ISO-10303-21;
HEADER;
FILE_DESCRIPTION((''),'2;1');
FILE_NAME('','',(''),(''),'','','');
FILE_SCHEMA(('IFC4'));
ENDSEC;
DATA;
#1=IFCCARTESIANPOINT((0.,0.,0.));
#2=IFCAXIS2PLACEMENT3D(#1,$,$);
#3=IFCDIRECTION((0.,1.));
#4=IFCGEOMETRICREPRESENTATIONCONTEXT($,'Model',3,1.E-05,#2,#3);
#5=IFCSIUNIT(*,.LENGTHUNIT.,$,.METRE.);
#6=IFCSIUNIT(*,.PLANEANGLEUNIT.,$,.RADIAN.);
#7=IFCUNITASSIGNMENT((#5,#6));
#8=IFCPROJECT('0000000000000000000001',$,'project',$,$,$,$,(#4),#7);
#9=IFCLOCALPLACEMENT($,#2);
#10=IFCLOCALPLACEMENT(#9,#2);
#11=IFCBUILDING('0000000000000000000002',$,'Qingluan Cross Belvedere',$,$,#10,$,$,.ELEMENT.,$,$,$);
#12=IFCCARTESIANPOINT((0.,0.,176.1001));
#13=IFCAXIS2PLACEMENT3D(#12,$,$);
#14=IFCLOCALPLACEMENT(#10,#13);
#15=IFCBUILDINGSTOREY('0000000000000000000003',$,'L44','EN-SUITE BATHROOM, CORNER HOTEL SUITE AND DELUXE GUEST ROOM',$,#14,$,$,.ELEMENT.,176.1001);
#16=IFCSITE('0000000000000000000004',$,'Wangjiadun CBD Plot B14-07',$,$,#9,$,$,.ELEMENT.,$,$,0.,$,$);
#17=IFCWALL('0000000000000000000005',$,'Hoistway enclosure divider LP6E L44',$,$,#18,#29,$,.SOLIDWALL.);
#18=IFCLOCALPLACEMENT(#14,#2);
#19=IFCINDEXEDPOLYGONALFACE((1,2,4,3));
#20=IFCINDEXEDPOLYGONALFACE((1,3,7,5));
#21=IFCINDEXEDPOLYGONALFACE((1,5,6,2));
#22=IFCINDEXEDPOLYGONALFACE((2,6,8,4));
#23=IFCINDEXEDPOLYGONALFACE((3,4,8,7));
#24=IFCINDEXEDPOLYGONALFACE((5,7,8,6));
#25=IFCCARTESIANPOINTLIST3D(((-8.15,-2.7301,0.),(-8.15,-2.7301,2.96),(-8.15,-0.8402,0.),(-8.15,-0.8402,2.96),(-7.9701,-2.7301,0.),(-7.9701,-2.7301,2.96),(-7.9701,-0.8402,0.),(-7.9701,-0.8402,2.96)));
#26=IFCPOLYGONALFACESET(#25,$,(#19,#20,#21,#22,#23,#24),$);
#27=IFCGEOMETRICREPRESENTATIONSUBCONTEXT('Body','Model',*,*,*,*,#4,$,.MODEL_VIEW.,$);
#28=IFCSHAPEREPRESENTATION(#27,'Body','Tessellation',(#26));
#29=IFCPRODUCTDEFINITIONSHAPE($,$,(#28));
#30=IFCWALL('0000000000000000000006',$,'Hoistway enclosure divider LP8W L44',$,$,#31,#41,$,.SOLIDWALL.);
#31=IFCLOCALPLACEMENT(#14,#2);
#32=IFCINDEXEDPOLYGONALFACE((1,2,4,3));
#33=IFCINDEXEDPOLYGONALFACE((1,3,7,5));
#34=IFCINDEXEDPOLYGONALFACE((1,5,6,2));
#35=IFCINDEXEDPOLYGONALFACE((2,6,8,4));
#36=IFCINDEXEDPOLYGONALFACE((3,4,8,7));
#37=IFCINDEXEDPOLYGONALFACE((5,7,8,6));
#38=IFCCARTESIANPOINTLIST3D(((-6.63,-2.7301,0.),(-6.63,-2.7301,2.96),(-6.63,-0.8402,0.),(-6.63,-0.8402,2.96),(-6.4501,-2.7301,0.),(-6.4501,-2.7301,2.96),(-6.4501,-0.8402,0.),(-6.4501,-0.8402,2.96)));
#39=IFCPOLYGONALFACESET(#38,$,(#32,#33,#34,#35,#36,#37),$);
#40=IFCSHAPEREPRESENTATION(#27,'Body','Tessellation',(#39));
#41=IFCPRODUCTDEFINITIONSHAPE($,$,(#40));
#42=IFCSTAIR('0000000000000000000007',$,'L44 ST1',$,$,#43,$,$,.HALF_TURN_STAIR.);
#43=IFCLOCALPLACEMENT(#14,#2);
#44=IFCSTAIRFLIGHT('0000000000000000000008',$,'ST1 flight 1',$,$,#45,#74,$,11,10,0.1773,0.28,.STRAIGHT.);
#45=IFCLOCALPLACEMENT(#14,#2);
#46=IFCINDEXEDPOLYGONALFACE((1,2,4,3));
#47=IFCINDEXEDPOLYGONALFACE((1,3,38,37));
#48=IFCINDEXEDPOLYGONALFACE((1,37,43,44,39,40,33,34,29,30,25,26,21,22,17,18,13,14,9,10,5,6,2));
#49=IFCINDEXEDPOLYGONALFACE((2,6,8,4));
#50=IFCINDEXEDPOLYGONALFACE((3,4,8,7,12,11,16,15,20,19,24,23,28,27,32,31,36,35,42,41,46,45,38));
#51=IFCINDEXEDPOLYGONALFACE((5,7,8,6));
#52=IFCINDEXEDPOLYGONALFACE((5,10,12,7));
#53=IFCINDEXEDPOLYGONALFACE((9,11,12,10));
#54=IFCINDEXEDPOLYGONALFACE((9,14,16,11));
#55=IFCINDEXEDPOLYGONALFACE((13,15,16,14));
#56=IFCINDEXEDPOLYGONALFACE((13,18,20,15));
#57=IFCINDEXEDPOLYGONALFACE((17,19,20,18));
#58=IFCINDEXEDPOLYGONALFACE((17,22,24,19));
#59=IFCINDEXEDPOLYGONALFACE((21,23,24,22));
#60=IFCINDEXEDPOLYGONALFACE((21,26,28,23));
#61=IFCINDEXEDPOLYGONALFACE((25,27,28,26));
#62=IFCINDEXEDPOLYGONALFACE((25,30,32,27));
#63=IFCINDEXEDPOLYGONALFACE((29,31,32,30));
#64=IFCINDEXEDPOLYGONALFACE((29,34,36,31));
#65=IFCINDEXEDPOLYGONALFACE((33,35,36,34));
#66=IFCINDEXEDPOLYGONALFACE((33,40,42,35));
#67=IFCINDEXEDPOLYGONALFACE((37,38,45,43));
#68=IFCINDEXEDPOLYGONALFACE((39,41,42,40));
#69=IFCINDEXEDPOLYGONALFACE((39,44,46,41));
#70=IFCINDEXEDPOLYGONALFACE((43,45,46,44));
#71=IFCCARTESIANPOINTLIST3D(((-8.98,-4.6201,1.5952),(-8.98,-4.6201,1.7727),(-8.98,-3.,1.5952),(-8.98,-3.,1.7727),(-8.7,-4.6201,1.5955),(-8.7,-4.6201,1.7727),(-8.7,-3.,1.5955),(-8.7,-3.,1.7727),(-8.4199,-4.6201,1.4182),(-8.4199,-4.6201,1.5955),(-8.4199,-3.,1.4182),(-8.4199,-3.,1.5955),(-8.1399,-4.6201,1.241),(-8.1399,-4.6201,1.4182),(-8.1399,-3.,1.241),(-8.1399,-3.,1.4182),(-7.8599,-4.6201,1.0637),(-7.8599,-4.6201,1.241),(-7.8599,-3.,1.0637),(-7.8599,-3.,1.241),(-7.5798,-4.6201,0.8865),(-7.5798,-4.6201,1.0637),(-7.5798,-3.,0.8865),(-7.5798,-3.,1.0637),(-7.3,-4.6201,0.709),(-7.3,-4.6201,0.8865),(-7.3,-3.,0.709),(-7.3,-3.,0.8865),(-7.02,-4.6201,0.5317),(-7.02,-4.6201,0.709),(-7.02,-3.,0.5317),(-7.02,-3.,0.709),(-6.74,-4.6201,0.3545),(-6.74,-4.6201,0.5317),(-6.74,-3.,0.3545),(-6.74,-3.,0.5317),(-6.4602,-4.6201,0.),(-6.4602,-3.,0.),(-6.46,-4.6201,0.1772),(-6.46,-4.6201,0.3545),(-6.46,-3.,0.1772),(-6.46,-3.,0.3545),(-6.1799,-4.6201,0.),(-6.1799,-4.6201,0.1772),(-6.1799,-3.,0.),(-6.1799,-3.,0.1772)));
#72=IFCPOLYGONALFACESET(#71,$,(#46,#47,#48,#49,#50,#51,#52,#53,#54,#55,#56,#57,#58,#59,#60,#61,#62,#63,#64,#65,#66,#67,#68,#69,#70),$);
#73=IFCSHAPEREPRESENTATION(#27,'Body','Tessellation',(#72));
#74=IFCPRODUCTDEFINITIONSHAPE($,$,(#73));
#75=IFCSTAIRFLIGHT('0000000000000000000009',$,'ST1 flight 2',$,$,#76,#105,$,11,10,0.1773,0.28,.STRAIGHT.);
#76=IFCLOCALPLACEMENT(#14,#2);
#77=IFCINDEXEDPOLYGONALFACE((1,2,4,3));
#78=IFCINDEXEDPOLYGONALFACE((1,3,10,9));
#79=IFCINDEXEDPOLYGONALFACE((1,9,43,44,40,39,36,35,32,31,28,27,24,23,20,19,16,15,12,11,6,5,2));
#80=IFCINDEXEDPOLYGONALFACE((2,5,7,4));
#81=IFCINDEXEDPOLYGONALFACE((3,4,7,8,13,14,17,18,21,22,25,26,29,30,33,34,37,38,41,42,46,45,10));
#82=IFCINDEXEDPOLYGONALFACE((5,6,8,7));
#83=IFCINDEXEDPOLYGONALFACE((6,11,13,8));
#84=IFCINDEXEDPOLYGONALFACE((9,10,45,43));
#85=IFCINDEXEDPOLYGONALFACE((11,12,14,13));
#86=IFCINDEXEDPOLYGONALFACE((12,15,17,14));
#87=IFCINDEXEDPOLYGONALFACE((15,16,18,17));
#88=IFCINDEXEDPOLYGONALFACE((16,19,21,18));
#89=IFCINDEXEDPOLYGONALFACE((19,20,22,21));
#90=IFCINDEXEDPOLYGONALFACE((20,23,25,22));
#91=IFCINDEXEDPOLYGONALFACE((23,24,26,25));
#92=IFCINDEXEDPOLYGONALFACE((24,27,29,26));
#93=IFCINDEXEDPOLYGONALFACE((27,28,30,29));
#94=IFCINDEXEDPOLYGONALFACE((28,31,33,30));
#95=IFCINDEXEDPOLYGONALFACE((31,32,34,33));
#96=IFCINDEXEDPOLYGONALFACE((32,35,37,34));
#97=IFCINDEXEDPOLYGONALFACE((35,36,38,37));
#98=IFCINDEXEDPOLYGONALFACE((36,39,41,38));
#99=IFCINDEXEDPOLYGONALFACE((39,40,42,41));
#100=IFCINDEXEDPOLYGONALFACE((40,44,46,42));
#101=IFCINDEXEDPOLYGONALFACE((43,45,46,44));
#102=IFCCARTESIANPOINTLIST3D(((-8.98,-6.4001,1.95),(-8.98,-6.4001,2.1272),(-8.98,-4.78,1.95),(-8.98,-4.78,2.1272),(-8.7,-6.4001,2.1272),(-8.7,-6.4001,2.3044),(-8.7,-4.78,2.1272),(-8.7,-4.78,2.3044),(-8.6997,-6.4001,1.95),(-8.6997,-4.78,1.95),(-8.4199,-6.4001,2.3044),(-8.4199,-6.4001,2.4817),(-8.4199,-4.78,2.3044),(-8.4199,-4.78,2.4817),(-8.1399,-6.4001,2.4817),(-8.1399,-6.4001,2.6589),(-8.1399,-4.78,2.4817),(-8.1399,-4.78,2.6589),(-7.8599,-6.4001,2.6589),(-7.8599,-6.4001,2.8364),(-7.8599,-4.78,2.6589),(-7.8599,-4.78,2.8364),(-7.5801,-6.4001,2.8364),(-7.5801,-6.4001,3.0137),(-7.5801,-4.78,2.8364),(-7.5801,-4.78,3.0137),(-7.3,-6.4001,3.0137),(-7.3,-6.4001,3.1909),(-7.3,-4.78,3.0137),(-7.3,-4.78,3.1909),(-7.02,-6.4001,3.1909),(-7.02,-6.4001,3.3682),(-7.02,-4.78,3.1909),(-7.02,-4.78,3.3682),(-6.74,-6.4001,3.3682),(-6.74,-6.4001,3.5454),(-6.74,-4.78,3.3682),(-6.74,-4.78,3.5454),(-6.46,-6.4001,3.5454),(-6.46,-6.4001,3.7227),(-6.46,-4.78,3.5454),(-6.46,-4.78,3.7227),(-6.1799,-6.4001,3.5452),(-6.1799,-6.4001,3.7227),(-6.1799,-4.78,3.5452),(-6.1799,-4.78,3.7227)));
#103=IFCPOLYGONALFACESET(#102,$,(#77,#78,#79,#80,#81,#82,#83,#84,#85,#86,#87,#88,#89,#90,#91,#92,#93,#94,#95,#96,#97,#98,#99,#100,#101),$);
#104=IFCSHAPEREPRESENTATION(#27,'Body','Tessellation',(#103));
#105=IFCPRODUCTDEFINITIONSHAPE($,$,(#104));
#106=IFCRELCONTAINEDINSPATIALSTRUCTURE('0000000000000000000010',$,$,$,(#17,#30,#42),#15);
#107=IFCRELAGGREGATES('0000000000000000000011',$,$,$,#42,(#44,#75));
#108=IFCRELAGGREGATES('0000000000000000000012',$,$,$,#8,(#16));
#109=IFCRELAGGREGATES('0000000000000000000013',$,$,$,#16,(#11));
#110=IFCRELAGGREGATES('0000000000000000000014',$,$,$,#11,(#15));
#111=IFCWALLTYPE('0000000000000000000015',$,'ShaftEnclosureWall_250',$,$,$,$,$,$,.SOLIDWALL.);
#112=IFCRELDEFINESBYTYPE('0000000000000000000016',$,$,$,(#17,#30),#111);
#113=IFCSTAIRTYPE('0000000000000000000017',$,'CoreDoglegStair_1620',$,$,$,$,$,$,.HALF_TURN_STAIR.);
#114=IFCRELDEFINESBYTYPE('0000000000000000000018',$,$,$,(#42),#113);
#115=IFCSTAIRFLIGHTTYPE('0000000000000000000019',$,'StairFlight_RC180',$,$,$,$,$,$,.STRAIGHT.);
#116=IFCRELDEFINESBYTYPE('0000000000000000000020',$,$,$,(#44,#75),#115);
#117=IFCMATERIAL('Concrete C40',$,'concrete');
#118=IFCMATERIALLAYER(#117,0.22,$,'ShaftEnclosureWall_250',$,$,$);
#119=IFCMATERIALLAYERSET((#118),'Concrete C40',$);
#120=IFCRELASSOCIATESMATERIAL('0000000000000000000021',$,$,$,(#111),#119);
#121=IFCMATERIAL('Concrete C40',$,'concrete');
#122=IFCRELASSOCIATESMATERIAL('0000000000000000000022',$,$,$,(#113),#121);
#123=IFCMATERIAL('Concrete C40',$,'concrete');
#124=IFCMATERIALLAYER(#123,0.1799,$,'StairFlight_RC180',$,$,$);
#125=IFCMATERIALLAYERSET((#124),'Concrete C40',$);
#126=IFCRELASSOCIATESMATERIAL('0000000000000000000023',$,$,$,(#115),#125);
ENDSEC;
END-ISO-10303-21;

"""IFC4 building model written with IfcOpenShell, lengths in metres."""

from ifc_helpers import new_model, si_unit, direction, frame, frame_2d, origin, place, context, subcontext, project, spatial, polyline, rectangle, outline, extrude, material, layer, layer_set, type_object, element, aggregate, save


model = new_model("IFC4")

# Units and contexts
model_context = context("Model", 3, precision=1e-05, world=origin(), true_north=direction((0.0, 1.0)))
body_context = subcontext(model_context, "Body", "Model", "MODEL_VIEW")
ifc_project = project(units=[si_unit("LENGTHUNIT", "METRE"), si_unit("PLANEANGLEUNIT", "RADIAN")], contexts=[model_context])

# Site, building, storey
site_placement = place(None, origin())
site = spatial("IfcSite", under=ifc_project, at=site_placement, Name="Wangjiadun CBD Plot B14-07", CompositionType="ELEMENT", RefElevation=0.0)
building_placement = place(site_placement, origin())
building = spatial("IfcBuilding", under=site, at=building_placement, Name="Qingluan Cross Belvedere", CompositionType="ELEMENT")
storey_placement = place(building_placement, frame((0.0, 0.0, 176.1001)))
storey = spatial("IfcBuildingStorey", under=building, at=storey_placement, Name="L44", Description="EN-SUITE BATHROOM, CORNER HOTEL SUITE AND DELUXE GUEST ROOM", CompositionType="ELEMENT", Elevation=176.1001)

# Walls
ifc_material_1 = material(Name="Concrete C40", Category="concrete")
ifc_layer_1 = layer(ifc_material_1, 0.22, Name="ShaftEnclosureWall_250")
ifc_layer_set_1 = layer_set([ifc_layer_1], Name="Concrete C40")
wall_type_1 = type_object("IfcWallType", Name="ShaftEnclosureWall_250", PredefinedType="SOLIDWALL", material=ifc_layer_set_1)
for number, where, z_axis, x_axis, name in (
    (1, (-8.0601, -2.73, 0.0), (0.0, 0.0, 1.0), (0.0, 1.0, 0.0), "Hoistway enclosure divider LP6E L44"),
    (2, (-6.54, -2.73, 0.0), (0.0, 0.0, 1.0), (0.0, 1.0, 0.0), "Hoistway enclosure divider LP8W L44"),
):
    element("IfcWall", number, at=place(storey_placement, frame(where, z_axis=z_axis, x_axis=x_axis)), inside=storey, type_object=wall_type_1, Name=name, PredefinedType="SOLIDWALL", context=body_context, shape_type="SweptSolid", body=[
        extrude(rectangle(XDim=1.8899, YDim=0.1799, at=frame_2d((0.9448, 0.0))), origin(), (0.0, 0.0, 1.0), 2.96),
    ])

# Stair, stair flights
ifc_material_2 = material(Name="Concrete C40", Category="concrete")
stair_type = type_object("IfcStairType", Name="CoreDoglegStair_1620", PredefinedType="HALF_TURN_STAIR", material=ifc_material_2)
stair_placement = place(storey_placement, origin())
stair = element("IfcStair", 3, at=stair_placement, inside=storey, type_object=stair_type, Name="L44 ST1", PredefinedType="HALF_TURN_STAIR")
ifc_material_3 = material(Name="Concrete C40", Category="concrete")
ifc_layer_2 = layer(ifc_material_3, 0.1799, Name="StairFlight_RC180")
ifc_layer_set_2 = layer_set([ifc_layer_2], Name="Concrete C40")
stair_flight_type = type_object("IfcStairFlightType", Name="StairFlight_RC180", PredefinedType="STRAIGHT", material=ifc_layer_set_2)
stair_flight_1_placement = place(storey_placement, frame((-6.1799, -3.8101, 0.0), z_axis=(0.0, 0.0, 1.0), x_axis=(-1.0, 0.0, 0.0)))
stair_flight_1 = element("IfcStairFlight", 4, at=stair_flight_1_placement, type_object=stair_flight_type, Name="ST1 flight 1", NumberOfRisers=11, NumberOfTreads=10, PredefinedType="STRAIGHT", RiserHeight=0.1773, TreadLength=0.28, context=body_context, shape_type="SweptSolid", body=[
    extrude(outline(polyline([(0.0, 0.0), (0.0, 0.1772), (0.28, 0.1772), (0.28, 0.3545), (0.5601, 0.3545), (0.5601, 0.5317), (0.8401, 0.5317), (0.8401, 0.709), (1.1201, 0.709), (1.1201, 0.8865), (1.3999, 0.8865), (1.3999, 1.0637), (1.6799, 1.0637), (1.6799, 1.241), (1.96, 1.241), (1.96, 1.4182), (2.24, 1.4182), (2.24, 1.5955), (2.52, 1.5955), (2.52, 1.7727), (2.8, 1.7727), (2.8, 1.95), (2.8, 1.5952), (0.2803, 0.0), (0.0, 0.0)])), frame((0.0, 0.8101, 0.0), z_axis=(0.0, -1.0, 0.0), x_axis=(1.0, 0.0, 0.0)), (0.0, 0.0, 1.0), 1.6201),
])
stair_flight_2_placement = place(storey_placement, frame((-8.98, -5.5901, 1.95), z_axis=(0.0, 0.0, 1.0), x_axis=(1.0, 0.0, 0.0)))
stair_flight_2 = element("IfcStairFlight", 5, at=stair_flight_2_placement, type_object=stair_flight_type, Name="ST1 flight 2", NumberOfRisers=11, NumberOfTreads=10, PredefinedType="STRAIGHT", RiserHeight=0.1773, TreadLength=0.28, context=body_context, shape_type="SweptSolid", body=[
    extrude(outline(polyline([(0.0, 0.0), (0.0, 0.1772), (0.28, 0.1772), (0.28, 0.3545), (0.5601, 0.3545), (0.5601, 0.5317), (0.8401, 0.5317), (0.8401, 0.709), (1.1201, 0.709), (1.1201, 0.8865), (1.3999, 0.8865), (1.3999, 1.0637), (1.6799, 1.0637), (1.6799, 1.241), (1.96, 1.241), (1.96, 1.4182), (2.24, 1.4182), (2.24, 1.5955), (2.52, 1.5955), (2.52, 1.7727), (2.8, 1.7727), (2.8, 1.95), (2.8, 1.5952), (0.2803, 0.0), (0.0, 0.0)])), frame((0.0, 0.8101, 0.0), z_axis=(0.0, -1.0, 0.0), x_axis=(1.0, 0.0, 0.0)), (0.0, 0.0, 1.0), 1.6201),
])
aggregate(stair, [stair_flight_1, stair_flight_2])

save(model, "model.ifc")
